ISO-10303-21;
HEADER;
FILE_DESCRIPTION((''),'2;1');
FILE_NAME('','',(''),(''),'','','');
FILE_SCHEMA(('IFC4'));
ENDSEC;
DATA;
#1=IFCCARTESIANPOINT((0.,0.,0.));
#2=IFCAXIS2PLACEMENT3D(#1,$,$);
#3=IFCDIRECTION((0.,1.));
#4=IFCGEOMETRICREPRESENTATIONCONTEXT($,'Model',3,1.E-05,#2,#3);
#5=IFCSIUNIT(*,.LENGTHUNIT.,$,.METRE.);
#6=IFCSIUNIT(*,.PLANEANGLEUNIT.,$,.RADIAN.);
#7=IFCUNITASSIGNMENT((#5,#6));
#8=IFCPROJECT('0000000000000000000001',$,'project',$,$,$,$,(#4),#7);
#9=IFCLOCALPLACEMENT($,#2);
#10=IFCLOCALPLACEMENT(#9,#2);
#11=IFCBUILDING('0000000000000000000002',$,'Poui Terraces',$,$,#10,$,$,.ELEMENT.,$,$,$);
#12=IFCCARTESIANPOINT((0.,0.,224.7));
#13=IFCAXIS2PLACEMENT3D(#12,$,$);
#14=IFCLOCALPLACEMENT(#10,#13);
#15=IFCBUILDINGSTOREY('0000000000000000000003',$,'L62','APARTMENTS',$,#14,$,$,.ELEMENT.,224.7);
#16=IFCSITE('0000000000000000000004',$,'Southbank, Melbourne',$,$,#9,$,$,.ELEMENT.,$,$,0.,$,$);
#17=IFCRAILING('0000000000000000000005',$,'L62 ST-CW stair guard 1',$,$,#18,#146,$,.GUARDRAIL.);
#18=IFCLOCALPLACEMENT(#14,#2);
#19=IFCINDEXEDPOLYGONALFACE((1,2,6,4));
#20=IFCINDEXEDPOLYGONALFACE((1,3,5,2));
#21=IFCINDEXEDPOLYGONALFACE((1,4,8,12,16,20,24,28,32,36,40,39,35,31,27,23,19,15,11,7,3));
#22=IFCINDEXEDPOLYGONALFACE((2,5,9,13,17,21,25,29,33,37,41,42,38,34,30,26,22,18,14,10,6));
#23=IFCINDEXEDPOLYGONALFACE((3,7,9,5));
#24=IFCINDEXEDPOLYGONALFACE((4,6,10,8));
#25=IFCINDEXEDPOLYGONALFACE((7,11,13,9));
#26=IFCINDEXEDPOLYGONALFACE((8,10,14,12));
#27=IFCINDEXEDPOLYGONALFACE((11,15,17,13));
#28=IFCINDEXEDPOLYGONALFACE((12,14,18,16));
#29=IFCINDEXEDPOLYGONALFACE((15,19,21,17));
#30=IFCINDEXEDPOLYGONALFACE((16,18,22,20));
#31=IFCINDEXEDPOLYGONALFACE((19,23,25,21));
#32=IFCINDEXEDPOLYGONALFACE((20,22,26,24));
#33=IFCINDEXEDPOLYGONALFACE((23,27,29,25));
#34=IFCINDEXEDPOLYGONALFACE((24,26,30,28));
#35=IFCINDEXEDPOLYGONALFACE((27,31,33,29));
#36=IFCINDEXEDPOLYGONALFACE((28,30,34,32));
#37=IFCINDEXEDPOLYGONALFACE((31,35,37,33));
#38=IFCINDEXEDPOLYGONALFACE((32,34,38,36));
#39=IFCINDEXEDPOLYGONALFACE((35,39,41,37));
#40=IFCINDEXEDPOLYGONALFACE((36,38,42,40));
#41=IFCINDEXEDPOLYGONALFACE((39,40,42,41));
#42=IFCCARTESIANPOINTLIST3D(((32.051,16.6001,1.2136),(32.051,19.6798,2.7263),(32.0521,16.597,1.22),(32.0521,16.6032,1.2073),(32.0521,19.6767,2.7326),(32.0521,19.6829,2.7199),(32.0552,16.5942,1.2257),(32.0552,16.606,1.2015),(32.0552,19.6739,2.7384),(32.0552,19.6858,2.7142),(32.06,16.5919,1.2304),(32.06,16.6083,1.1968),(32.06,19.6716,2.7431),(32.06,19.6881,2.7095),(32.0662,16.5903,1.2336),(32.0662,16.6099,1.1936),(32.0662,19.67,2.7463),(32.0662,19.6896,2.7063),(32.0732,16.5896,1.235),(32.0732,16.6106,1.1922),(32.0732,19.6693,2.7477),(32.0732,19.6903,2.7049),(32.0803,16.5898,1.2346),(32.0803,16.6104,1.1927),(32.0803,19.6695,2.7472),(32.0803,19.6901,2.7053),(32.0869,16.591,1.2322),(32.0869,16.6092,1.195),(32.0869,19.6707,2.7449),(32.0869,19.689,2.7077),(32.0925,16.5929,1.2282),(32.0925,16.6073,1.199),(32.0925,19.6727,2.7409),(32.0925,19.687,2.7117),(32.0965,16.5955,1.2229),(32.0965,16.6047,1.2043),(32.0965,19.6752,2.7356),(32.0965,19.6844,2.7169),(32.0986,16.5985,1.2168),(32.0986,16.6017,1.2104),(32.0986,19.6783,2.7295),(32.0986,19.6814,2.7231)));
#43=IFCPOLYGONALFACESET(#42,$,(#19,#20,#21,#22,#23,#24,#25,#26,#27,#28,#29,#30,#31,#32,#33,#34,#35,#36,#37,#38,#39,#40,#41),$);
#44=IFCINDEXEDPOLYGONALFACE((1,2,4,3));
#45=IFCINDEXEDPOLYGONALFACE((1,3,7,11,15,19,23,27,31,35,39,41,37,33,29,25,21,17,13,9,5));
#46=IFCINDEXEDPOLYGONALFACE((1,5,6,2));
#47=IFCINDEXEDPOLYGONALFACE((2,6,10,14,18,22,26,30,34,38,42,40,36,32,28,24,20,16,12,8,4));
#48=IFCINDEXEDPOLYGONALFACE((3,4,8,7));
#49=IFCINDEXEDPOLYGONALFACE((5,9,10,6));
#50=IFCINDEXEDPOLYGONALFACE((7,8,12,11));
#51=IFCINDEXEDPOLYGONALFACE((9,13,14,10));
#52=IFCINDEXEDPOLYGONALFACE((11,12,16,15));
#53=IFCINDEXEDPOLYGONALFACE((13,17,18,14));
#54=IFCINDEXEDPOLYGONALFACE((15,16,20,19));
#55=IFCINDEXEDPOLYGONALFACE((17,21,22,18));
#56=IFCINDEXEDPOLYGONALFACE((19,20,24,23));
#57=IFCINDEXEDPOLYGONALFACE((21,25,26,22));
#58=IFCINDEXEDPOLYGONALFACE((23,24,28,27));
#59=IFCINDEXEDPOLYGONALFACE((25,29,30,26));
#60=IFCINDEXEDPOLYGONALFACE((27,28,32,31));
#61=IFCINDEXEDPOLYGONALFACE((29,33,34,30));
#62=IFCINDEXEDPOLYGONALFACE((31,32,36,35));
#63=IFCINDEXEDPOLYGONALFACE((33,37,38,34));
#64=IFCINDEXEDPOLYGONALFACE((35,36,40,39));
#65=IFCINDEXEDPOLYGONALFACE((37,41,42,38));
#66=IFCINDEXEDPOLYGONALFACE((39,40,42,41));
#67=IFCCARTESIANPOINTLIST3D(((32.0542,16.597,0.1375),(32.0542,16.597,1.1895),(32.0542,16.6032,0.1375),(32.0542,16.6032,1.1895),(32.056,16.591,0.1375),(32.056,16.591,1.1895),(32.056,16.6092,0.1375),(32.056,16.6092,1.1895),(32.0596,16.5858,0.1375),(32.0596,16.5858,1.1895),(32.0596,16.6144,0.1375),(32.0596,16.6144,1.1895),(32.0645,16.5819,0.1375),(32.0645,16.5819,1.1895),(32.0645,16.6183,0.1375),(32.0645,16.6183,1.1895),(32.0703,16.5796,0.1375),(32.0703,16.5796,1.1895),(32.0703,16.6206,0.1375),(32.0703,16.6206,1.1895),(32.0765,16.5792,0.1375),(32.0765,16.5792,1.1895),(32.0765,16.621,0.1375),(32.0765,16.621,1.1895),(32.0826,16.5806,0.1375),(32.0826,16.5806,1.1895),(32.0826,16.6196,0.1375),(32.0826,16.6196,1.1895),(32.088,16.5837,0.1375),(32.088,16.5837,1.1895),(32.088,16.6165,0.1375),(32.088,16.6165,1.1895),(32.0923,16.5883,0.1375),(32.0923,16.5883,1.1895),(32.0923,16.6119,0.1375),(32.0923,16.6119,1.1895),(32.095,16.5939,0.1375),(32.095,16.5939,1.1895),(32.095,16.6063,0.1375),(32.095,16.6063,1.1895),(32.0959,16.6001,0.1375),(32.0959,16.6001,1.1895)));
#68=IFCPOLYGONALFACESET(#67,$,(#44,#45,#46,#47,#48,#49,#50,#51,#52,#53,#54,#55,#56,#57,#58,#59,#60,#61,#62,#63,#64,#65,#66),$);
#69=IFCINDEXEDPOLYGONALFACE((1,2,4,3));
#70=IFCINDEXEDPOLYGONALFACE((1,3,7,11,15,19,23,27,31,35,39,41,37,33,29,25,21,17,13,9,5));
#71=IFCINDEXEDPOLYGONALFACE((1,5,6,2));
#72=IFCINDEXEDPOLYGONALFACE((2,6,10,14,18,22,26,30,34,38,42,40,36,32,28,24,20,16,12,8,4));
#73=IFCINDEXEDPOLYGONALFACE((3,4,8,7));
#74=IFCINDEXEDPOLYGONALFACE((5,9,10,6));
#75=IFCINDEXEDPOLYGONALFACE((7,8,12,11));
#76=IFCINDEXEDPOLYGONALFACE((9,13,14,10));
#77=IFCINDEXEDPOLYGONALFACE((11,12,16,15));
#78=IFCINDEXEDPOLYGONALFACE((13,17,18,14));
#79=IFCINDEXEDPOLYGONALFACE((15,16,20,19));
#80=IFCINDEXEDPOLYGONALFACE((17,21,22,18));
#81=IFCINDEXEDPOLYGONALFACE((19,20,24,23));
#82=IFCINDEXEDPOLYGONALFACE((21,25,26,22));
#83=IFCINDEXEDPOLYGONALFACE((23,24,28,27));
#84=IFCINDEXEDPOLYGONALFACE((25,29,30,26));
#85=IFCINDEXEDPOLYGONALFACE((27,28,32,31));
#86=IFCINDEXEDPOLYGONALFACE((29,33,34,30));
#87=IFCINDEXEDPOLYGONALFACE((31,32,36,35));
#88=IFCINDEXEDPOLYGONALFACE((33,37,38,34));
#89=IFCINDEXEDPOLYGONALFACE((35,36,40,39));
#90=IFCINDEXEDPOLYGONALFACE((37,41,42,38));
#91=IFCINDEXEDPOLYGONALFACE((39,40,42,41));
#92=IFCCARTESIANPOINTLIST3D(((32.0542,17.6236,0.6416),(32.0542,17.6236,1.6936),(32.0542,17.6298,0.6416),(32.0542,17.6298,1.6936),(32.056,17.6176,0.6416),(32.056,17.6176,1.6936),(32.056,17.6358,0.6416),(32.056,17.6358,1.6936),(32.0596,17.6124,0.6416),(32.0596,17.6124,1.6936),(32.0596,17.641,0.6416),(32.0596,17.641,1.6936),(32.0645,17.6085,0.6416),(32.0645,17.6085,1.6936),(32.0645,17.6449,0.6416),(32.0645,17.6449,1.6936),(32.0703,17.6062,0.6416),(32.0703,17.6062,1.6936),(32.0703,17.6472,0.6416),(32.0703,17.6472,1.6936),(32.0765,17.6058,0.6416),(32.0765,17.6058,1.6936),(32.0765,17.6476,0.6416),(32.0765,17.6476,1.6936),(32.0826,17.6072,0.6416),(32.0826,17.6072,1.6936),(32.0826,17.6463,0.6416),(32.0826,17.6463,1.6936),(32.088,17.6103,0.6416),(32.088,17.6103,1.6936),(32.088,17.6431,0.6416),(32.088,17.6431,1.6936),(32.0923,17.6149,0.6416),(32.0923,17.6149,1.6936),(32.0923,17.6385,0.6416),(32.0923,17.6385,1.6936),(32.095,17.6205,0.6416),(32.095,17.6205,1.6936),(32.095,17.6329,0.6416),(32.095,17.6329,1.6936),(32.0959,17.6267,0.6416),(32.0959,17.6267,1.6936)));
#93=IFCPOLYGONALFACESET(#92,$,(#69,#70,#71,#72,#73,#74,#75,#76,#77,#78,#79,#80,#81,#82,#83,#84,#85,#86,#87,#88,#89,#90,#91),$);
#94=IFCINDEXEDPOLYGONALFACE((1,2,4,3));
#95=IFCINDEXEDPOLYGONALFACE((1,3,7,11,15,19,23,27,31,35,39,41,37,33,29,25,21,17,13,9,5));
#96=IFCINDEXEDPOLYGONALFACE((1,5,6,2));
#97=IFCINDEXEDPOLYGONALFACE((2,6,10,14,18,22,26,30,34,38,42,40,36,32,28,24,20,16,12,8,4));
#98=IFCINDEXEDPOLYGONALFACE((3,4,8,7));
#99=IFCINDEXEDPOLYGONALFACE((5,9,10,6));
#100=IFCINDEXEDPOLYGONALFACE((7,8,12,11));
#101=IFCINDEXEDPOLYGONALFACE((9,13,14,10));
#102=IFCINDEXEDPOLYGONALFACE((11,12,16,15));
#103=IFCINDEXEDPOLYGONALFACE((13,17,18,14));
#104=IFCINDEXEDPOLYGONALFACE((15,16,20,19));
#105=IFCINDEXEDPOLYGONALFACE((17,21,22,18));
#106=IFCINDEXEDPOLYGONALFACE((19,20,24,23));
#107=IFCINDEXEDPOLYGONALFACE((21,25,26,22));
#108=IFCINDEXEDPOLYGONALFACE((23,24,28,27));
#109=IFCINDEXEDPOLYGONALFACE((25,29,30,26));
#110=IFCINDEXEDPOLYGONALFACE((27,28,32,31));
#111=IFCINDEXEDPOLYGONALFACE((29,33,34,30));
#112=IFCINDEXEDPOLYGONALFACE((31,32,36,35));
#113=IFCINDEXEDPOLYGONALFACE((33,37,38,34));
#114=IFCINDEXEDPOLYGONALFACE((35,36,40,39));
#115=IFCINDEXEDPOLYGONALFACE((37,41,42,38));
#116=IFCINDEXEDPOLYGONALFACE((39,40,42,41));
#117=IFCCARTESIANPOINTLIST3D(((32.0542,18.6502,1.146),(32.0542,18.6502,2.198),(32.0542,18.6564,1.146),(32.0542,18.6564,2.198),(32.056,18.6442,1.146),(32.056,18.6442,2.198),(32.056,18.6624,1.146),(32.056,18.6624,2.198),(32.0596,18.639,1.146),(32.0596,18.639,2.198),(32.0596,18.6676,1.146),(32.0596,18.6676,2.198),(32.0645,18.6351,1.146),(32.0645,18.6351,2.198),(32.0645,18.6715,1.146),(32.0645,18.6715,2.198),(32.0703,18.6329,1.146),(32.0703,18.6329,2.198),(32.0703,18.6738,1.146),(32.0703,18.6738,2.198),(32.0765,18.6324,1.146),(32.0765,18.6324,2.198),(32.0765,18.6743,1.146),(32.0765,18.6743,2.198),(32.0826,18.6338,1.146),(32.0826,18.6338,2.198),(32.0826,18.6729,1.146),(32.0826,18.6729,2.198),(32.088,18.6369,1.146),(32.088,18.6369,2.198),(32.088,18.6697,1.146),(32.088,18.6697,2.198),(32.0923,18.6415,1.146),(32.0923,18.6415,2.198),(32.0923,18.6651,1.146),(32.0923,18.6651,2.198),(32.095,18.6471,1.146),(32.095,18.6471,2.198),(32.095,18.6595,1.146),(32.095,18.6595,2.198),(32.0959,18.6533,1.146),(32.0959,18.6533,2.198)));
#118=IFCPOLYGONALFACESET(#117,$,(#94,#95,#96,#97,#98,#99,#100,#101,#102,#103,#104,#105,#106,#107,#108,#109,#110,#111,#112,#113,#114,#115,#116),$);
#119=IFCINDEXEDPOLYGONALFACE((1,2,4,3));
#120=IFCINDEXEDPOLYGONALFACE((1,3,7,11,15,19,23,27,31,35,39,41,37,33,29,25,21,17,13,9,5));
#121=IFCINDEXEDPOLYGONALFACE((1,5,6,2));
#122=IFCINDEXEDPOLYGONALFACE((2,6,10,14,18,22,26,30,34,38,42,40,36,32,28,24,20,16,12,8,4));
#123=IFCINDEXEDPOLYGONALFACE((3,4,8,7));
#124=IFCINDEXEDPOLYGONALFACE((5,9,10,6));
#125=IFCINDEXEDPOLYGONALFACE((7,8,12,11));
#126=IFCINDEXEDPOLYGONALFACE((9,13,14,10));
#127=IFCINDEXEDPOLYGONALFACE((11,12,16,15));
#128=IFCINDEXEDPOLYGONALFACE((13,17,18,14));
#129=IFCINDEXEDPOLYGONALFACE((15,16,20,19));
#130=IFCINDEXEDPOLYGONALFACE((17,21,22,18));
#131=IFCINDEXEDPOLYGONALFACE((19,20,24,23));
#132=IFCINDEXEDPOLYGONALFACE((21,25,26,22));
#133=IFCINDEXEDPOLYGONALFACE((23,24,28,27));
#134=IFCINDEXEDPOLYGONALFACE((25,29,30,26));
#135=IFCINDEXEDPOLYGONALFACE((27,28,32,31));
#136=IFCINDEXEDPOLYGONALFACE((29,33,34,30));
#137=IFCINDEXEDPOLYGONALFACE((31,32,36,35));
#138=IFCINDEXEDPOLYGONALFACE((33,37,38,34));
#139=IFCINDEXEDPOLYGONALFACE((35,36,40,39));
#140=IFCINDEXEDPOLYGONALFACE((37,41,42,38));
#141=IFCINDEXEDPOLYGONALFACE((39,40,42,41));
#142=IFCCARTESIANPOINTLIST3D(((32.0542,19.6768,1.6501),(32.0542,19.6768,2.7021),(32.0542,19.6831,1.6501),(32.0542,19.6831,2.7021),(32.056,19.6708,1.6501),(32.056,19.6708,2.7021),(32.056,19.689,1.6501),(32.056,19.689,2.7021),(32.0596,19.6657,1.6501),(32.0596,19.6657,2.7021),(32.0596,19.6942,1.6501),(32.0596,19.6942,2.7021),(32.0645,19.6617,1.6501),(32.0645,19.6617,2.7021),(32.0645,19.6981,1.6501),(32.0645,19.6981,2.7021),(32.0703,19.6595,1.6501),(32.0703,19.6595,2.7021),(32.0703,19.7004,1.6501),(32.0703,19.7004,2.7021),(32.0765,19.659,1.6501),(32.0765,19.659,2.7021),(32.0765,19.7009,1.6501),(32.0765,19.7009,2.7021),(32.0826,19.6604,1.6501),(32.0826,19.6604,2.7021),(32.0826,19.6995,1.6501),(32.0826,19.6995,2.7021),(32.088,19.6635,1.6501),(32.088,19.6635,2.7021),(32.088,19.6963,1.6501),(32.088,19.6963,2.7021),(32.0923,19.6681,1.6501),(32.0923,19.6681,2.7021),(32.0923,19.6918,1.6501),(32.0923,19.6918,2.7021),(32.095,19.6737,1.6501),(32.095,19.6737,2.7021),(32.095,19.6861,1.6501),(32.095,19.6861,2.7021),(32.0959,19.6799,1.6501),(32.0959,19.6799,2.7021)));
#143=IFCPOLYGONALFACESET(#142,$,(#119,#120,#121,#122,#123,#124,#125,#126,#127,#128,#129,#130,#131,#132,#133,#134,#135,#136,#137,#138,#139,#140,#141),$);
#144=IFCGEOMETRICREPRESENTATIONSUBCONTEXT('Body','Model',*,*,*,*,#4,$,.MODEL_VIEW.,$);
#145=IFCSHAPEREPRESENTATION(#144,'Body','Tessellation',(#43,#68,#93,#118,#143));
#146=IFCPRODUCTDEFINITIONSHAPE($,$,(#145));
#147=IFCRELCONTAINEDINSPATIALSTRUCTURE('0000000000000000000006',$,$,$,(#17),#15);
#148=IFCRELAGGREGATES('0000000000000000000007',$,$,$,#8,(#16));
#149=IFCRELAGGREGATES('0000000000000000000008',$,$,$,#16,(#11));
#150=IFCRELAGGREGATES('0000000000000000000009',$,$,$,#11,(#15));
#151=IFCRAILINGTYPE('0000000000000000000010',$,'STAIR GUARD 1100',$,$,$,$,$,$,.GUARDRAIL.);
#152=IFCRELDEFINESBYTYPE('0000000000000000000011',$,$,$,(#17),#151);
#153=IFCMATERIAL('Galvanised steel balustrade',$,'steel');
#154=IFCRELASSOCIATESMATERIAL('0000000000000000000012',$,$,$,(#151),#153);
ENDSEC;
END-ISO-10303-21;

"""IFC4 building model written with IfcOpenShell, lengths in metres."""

from ifc_helpers import new_model, si_unit, direction, frame, origin, origin_2d, place, context, subcontext, project, spatial, circle, extrude, material, type_object, element, save


model = new_model("IFC4")

# Units and contexts
model_context = context("Model", 3, precision=1e-05, world=origin(), true_north=direction((0.0, 1.0)))
body_context = subcontext(model_context, "Body", "Model", "MODEL_VIEW")
ifc_project = project(units=[si_unit("LENGTHUNIT", "METRE"), si_unit("PLANEANGLEUNIT", "RADIAN")], contexts=[model_context])

# Site, building, storey
site_placement = place(None, origin())
site = spatial("IfcSite", under=ifc_project, at=site_placement, Name="Southbank, Melbourne", CompositionType="ELEMENT", RefElevation=0.0)
building_placement = place(site_placement, origin())
building = spatial("IfcBuilding", under=site, at=building_placement, Name="Poui Terraces", CompositionType="ELEMENT")
storey_placement = place(building_placement, frame((0.0, 0.0, 224.7)))
storey = spatial("IfcBuildingStorey", under=building, at=storey_placement, Name="L62", Description="APARTMENTS", CompositionType="ELEMENT", Elevation=224.7)

# Railing
ifc_material_1 = material(Name="Galvanised steel balustrade", Category="steel")
railing_type_1 = type_object("IfcRailingType", Name="STAIR GUARD 1100", PredefinedType="GUARDRAIL", material=ifc_material_1)
railing_1_placement = place(storey_placement, frame((32.075, 16.6001, 0.1375)))
element("IfcRailing", 1, at=railing_1_placement, inside=storey, type_object=railing_type_1, Name="L62 ST-CW stair guard 1", PredefinedType="GUARDRAIL", context=body_context, shape_type="SweptSolid", body=[
    extrude(circle(Radius=0.0239, at=origin_2d()), frame((0.0, 0.0, 1.0762), z_axis=(0.0, 0.897578, 0.440856), x_axis=(-1.0, 0.0, 0.0)), (0.0, 0.0, 1.0), 3.4312),
    extrude(circle(Radius=0.021, at=origin_2d()), origin(), (0.0, 0.0, 1.0), 1.052),
    extrude(circle(Radius=0.021, at=origin_2d()), frame((0.0, 1.0266, 0.5042)), (0.0, 0.0, 1.0), 1.052),
    extrude(circle(Radius=0.021, at=origin_2d()), frame((0.0, 2.0532, 1.0085)), (0.0, 0.0, 1.0), 1.052),
    extrude(circle(Radius=0.021, at=origin_2d()), frame((0.0, 3.0798, 1.5127)), (0.0, 0.0, 1.0), 1.052),
])

save(model, "model.ifc")
